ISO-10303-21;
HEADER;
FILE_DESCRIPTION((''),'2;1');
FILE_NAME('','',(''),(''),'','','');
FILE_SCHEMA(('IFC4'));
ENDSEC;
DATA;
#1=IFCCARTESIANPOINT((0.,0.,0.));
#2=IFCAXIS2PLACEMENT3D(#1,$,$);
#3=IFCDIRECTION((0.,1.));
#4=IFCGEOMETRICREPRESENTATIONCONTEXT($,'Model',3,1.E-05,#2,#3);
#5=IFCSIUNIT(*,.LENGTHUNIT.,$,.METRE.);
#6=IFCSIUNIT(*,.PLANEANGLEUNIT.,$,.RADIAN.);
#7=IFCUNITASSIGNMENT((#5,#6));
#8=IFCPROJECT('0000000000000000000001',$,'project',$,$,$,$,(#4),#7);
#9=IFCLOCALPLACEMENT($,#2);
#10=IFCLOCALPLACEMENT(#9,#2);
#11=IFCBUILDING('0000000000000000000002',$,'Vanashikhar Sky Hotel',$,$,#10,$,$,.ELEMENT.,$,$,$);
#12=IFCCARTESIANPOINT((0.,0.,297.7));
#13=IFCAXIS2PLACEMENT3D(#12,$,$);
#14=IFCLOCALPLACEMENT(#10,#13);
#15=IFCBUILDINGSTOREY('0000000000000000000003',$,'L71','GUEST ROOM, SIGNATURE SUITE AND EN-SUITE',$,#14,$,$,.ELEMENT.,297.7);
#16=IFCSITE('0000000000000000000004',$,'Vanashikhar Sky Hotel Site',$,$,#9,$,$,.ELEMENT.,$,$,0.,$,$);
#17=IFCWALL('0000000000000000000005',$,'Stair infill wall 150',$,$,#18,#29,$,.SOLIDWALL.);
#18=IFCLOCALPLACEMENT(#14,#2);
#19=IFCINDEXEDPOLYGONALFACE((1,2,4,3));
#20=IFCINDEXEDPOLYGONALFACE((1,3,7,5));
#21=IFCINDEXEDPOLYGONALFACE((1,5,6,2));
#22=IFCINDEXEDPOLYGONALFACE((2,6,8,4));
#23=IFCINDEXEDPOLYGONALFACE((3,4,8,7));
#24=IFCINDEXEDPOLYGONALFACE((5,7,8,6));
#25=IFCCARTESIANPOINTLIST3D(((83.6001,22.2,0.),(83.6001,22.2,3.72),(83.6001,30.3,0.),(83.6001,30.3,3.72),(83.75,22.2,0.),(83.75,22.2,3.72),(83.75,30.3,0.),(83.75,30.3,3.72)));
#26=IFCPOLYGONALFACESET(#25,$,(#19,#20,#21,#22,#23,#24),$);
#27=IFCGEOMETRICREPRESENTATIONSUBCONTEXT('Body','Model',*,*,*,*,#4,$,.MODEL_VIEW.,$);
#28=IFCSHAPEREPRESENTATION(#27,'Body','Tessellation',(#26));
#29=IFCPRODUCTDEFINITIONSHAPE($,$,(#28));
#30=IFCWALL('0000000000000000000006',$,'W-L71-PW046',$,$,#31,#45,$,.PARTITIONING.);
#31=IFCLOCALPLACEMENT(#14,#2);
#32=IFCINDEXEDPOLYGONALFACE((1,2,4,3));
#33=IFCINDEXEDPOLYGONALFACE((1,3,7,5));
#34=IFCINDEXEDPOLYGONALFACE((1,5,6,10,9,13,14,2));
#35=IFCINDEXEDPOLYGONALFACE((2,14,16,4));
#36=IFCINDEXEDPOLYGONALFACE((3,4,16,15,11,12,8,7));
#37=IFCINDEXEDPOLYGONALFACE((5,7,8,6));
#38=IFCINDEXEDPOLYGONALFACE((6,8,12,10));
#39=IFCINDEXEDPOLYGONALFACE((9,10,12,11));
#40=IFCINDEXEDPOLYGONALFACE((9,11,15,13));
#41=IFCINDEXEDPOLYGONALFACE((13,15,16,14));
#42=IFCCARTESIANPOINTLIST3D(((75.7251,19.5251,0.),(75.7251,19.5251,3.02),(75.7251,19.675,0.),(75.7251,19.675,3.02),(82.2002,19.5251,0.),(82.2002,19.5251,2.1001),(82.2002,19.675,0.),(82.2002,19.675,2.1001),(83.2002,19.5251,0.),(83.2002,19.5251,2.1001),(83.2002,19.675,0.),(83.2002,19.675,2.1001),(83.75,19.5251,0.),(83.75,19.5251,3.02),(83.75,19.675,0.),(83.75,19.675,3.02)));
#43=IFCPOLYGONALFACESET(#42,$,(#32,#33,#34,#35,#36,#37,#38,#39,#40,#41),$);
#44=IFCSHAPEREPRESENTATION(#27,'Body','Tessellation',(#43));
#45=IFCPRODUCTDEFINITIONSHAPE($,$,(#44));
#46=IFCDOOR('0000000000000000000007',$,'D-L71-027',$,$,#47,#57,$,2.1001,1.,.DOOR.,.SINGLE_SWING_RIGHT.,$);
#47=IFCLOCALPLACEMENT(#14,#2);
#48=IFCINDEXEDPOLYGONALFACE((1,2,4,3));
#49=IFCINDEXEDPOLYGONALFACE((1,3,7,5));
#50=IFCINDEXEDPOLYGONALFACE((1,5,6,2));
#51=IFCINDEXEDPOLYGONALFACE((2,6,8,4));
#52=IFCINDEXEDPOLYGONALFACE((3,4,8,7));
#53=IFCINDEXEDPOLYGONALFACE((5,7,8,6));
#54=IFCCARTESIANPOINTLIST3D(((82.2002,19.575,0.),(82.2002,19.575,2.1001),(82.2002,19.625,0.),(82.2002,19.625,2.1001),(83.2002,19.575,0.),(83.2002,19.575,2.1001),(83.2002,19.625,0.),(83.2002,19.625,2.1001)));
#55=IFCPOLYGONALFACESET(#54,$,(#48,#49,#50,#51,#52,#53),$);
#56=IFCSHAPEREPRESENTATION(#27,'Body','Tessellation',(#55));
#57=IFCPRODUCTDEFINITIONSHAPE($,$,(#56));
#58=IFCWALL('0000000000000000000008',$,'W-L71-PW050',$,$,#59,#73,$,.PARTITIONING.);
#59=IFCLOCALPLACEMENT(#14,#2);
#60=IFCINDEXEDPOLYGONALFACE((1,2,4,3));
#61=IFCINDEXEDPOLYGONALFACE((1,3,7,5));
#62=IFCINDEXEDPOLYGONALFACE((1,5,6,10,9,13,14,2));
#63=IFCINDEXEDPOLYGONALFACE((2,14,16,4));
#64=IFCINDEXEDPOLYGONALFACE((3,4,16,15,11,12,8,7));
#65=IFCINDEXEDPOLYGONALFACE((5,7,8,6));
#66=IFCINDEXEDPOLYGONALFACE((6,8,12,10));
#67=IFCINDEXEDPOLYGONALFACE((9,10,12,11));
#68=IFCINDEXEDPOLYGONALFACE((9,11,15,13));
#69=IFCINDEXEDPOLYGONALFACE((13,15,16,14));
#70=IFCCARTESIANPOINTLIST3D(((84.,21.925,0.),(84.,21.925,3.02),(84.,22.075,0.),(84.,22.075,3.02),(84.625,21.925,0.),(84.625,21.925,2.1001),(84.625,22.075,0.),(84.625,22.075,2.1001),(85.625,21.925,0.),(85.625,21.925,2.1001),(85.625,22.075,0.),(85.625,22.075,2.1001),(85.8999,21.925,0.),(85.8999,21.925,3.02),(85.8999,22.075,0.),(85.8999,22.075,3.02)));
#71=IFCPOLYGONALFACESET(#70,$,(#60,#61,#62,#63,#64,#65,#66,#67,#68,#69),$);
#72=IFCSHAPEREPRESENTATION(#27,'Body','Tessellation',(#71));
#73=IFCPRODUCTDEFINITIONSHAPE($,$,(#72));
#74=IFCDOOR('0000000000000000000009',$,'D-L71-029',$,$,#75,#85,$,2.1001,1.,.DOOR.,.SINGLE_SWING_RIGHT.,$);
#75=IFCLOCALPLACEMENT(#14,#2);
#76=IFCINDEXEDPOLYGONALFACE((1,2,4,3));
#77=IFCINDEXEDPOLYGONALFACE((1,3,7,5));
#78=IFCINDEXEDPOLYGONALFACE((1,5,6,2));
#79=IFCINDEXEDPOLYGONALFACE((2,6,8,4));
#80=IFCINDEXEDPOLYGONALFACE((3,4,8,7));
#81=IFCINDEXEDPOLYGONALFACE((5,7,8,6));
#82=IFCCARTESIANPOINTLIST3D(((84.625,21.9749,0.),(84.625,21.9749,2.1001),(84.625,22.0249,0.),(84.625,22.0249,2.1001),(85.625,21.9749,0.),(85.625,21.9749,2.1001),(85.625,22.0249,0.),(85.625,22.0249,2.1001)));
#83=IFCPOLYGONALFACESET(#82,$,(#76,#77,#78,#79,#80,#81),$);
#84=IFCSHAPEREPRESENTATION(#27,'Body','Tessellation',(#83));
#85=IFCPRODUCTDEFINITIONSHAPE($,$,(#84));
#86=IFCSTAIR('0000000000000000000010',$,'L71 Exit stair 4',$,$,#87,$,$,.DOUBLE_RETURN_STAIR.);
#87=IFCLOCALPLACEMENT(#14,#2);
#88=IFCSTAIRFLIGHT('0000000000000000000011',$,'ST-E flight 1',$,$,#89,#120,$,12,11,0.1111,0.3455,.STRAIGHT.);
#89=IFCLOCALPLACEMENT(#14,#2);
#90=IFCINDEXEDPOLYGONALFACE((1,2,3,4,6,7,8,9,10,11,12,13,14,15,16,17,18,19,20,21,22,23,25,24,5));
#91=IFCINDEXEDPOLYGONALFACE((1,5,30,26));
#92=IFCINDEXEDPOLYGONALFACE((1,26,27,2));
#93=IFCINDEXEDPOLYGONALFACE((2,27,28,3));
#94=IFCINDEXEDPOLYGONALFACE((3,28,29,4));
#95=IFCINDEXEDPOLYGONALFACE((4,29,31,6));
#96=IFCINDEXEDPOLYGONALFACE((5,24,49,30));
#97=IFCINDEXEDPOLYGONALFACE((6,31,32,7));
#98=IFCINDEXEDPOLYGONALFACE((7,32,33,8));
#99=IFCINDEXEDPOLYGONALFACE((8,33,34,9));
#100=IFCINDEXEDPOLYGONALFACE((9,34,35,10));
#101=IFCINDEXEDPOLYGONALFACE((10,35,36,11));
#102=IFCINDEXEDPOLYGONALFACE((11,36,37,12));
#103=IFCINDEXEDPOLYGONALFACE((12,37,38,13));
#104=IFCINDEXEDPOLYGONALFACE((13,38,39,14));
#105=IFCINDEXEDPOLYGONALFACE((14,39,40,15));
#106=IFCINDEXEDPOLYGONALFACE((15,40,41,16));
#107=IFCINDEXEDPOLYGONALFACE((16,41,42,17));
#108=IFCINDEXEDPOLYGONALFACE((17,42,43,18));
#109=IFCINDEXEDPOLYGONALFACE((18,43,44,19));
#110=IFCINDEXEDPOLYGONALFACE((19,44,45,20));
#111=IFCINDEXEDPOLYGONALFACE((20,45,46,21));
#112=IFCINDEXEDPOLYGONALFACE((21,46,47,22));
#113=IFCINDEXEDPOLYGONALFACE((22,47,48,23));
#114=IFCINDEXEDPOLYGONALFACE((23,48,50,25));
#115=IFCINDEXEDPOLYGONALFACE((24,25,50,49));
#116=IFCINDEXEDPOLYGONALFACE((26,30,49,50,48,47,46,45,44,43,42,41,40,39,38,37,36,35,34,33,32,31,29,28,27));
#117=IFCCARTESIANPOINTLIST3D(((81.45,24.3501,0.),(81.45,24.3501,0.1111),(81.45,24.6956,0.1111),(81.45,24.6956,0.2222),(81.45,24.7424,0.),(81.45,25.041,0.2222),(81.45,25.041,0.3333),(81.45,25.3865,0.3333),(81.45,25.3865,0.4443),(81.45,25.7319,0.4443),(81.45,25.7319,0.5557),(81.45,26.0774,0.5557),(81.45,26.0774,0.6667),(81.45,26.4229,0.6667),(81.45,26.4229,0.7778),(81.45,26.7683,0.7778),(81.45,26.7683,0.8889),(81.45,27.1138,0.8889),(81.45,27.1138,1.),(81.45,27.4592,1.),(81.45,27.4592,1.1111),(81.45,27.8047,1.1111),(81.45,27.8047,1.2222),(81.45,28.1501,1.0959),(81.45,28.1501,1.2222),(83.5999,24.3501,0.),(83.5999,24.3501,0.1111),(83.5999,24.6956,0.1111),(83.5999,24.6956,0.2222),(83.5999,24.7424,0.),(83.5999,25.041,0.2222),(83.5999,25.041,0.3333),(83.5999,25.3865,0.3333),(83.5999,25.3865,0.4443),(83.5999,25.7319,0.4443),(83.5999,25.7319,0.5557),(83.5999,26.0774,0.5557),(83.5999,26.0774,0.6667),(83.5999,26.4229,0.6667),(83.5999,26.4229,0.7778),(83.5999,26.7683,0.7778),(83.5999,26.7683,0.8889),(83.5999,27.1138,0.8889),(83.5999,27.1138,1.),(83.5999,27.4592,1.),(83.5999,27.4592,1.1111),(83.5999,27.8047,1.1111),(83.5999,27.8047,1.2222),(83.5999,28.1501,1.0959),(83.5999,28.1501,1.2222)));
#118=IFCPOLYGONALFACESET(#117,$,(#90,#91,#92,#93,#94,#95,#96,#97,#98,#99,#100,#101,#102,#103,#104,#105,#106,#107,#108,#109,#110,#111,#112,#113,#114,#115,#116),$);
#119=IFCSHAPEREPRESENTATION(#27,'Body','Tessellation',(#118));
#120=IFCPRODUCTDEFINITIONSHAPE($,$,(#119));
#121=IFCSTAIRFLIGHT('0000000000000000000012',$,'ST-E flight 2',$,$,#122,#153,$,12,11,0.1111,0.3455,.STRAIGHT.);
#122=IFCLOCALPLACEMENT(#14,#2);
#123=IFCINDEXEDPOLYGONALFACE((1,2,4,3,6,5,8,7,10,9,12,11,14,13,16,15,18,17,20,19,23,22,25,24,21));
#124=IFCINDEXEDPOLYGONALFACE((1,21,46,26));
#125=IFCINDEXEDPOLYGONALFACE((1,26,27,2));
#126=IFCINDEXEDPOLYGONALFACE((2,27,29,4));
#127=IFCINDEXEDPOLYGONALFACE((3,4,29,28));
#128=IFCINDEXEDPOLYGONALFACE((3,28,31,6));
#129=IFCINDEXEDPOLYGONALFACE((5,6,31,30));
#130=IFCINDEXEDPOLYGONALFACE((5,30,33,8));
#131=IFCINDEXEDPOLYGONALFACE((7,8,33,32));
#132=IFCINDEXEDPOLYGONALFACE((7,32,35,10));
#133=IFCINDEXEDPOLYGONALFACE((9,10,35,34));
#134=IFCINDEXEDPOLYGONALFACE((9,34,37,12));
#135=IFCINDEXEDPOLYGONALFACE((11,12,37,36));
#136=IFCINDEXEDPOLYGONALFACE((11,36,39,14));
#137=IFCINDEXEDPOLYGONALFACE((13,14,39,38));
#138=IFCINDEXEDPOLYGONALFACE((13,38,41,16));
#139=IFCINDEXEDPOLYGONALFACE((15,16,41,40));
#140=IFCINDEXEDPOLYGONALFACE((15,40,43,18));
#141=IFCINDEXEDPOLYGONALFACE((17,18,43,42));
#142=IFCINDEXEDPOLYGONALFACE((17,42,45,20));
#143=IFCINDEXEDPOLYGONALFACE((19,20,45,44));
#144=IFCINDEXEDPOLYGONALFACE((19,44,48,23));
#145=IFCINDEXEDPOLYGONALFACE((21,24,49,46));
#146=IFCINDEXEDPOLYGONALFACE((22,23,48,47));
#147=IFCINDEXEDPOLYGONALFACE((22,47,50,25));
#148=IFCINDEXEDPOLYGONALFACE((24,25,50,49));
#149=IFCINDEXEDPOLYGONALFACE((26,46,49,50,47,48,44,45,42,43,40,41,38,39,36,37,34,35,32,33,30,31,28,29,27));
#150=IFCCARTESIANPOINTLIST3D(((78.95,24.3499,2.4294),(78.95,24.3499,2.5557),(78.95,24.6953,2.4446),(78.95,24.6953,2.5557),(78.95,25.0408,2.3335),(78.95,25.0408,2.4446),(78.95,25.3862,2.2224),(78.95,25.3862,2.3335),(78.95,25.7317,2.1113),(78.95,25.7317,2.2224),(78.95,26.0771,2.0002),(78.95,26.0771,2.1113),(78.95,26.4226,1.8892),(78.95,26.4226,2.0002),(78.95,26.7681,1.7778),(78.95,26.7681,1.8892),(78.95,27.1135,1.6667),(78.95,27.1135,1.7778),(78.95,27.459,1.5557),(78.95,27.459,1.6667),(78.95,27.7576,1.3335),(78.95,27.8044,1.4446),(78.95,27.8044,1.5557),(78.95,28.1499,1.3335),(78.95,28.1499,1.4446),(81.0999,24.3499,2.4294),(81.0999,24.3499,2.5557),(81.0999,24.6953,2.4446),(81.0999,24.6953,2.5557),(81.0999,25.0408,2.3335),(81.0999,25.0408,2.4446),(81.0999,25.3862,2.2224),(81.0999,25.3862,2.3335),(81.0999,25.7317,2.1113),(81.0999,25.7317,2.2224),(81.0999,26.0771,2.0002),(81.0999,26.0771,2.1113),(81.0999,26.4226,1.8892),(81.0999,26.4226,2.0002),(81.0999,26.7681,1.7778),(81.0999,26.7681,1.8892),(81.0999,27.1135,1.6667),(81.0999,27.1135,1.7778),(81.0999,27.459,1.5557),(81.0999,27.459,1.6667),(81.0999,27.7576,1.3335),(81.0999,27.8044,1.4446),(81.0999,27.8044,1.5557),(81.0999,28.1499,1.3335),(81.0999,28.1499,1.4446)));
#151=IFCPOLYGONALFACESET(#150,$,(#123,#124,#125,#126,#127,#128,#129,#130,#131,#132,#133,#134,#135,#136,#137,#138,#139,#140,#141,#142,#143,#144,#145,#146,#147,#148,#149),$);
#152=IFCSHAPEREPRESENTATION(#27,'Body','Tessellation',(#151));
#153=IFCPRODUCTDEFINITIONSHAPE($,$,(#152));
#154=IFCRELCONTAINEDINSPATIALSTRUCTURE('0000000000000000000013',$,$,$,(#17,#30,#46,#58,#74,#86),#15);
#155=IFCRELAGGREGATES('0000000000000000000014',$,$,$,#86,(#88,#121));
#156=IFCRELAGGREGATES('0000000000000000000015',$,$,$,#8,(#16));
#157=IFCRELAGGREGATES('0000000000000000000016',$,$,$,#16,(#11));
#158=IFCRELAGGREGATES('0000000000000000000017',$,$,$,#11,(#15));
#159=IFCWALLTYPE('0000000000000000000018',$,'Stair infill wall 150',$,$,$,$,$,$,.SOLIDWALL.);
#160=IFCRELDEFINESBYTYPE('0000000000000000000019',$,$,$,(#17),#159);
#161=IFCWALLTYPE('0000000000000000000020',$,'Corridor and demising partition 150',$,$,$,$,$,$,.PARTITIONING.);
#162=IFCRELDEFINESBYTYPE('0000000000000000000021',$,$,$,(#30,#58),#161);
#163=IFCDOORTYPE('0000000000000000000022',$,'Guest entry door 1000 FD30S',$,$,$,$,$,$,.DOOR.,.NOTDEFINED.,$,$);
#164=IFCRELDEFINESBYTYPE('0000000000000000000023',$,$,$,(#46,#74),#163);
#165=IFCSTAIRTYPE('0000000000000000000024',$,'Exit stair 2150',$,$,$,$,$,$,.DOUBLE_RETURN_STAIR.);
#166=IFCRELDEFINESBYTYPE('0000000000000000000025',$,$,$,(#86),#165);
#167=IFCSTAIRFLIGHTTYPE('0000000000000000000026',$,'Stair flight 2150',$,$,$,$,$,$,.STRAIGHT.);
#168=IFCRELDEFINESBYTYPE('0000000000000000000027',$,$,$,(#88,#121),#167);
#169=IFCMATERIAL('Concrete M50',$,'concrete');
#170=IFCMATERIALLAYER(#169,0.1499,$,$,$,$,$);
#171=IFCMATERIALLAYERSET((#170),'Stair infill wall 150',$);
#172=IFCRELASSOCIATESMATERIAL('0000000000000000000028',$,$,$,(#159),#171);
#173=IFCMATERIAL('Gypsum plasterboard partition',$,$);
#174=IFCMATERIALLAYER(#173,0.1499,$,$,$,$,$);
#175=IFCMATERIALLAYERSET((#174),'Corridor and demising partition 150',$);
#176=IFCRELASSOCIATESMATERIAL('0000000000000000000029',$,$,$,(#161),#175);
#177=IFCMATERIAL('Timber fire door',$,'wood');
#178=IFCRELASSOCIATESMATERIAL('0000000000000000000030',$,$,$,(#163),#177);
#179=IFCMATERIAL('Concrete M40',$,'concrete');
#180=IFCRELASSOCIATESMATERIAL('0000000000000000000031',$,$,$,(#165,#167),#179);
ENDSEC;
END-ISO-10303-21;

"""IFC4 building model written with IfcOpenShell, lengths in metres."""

from ifc_helpers import new_model, si_unit, direction, frame, frame_2d, origin, place, context, subcontext, project, spatial, polyline, rectangle, outline, extrude, source, transform, mapped, material, layer, layer_set, type_object, element, fill, aggregate, save


model = new_model("IFC4")

# Units and contexts
model_context = context("Model", 3, precision=1e-05, world=origin(), true_north=direction((0.0, 1.0)))
body_context = subcontext(model_context, "Body", "Model", "MODEL_VIEW")
ifc_project = project(units=[si_unit("LENGTHUNIT", "METRE"), si_unit("PLANEANGLEUNIT", "RADIAN")], contexts=[model_context])

# Site, building, storey
site_placement = place(None, origin())
site = spatial("IfcSite", under=ifc_project, at=site_placement, Name="Vanashikhar Sky Hotel Site", CompositionType="ELEMENT", RefElevation=0.0)
building_placement = place(site_placement, origin())
building = spatial("IfcBuilding", under=site, at=building_placement, Name="Vanashikhar Sky Hotel", CompositionType="ELEMENT")
storey_placement = place(building_placement, frame((0.0, 0.0, 297.7)))
storey = spatial("IfcBuildingStorey", under=building, at=storey_placement, Name="L71", Description="GUEST ROOM, SIGNATURE SUITE AND EN-SUITE", CompositionType="ELEMENT", Elevation=297.7)

# Shared definitions
ifc_material_1 = material(Name="Concrete M50", Category="concrete")

# Wall
ifc_layer_1 = layer(ifc_material_1, 0.1499)
ifc_layer_set_1 = layer_set([ifc_layer_1], Name="Stair infill wall 150")
wall_type_1 = type_object("IfcWallType", Name="Stair infill wall 150", PredefinedType="SOLIDWALL", material=ifc_layer_set_1)
shared_shape_1 = source(origin(), body_context, "Body", "SweptSolid", [
    extrude(rectangle(XDim=8.1001, YDim=0.1499, at=frame_2d((4.05, 0.0))), origin(), (0.0, 0.0, 1.0), 3.72),
])
wall_1_placement = place(storey_placement, frame((83.675, 22.2, 0.0), z_axis=(0.0, 0.0, 1.0), x_axis=(0.0, 1.0, 0.0)))
element("IfcWall", 1, at=wall_1_placement, inside=storey, type_object=wall_type_1, Name="Stair infill wall 150", PredefinedType="SOLIDWALL", context=body_context, shape_type="MappedRepresentation", body=[
    mapped(shared_shape_1, transform((0.0, 0.0, 0.0), scale=1.0)),
])

# Walls, openings, doors
ifc_material_2 = material(Name="Gypsum plasterboard partition")
ifc_layer_2 = layer(ifc_material_2, 0.1499)
ifc_layer_set_2 = layer_set([ifc_layer_2], Name="Corridor and demising partition 150")
wall_type_2 = type_object("IfcWallType", Name="Corridor and demising partition 150", PredefinedType="PARTITIONING", material=ifc_layer_set_2)
shared_shape_2 = source(origin(), body_context, "Body", "SweptSolid", [
    extrude(rectangle(XDim=8.0249, YDim=0.1499, at=frame_2d((4.0125, 0.0))), origin(), (0.0, 0.0, 1.0), 3.02),
])
wall_2_placement = place(storey_placement, frame((75.7251, 19.6001, 0.0), z_axis=(0.0, 0.0, 1.0), x_axis=(1.0, 0.0, 0.0)))
wall_2 = element("IfcWall", 2, at=wall_2_placement, inside=storey, type_object=wall_type_2, Name="W-L71-PW046", PredefinedType="PARTITIONING", context=body_context, shape_type="MappedRepresentation", body=[
    mapped(shared_shape_2, transform((0.0, 0.0, 0.0), scale=1.0)),
])
shared_shape_3 = source(origin(), body_context, "Body", "SweptSolid", [
    extrude(rectangle(XDim=1.0, YDim=2.1001, at=frame_2d((0.5, 1.05))), frame((0.0, 0.085, 0.0), z_axis=(0.0, -1.0, 0.0), x_axis=(1.0, 0.0, 0.0)), (0.0, 0.0, 1.0), 0.1699),
])
opening_1_placement = place(wall_2_placement, frame((6.4751, 0.0, 0.0)))
opening_1 = element("IfcOpeningElement", 3, at=opening_1_placement, cuts=wall_2, PredefinedType="OPENING", context=body_context, shape_type="MappedRepresentation", body=[
    mapped(shared_shape_3, transform((0.0, 0.0, 0.0), scale=1.0)),
])
ifc_material_3 = material(Name="Timber fire door", Category="wood")
door_type_1 = type_object("IfcDoorType", Name="Guest entry door 1000 FD30S", OperationType="NOTDEFINED", PredefinedType="DOOR", material=ifc_material_3)
shared_shape_4 = source(origin(), body_context, "Body", "SweptSolid", [
    extrude(rectangle(XDim=1.0, YDim=2.1001, at=frame_2d((0.5, 1.05))), frame((0.0, 0.0249, 0.0), z_axis=(0.0, -1.0, 0.0), x_axis=(1.0, 0.0, 0.0)), (0.0, 0.0, 1.0), 0.05),
])
door_1_placement = place(opening_1_placement, origin())
door_1 = element("IfcDoor", 4, at=door_1_placement, inside=storey, type_object=door_type_1, Name="D-L71-027", OperationType="SINGLE_SWING_RIGHT", OverallHeight=2.1001, OverallWidth=1.0, PredefinedType="DOOR", context=body_context, shape_type="MappedRepresentation", body=[
    mapped(shared_shape_4, transform((0.0, 0.0, 0.0), scale=1.0)),
])
fill(opening_1, door_1)
shared_shape_5 = source(origin(), body_context, "Body", "SweptSolid", [
    extrude(rectangle(XDim=1.8999, YDim=0.1499, at=frame_2d((0.95, 0.0))), origin(), (0.0, 0.0, 1.0), 3.02),
])
wall_3_placement = place(storey_placement, frame((84.0, 22.0, 0.0), z_axis=(0.0, 0.0, 1.0), x_axis=(1.0, 0.0, 0.0)))
wall_3 = element("IfcWall", 5, at=wall_3_placement, inside=storey, type_object=wall_type_2, Name="W-L71-PW050", PredefinedType="PARTITIONING", context=body_context, shape_type="MappedRepresentation", body=[
    mapped(shared_shape_5, transform((0.0, 0.0, 0.0), scale=1.0)),
])
opening_2_placement = place(wall_3_placement, frame((0.625, 0.0, 0.0)))
opening_2 = element("IfcOpeningElement", 6, at=opening_2_placement, cuts=wall_3, PredefinedType="OPENING", context=body_context, shape_type="MappedRepresentation", body=[
    mapped(shared_shape_3, transform((0.0, 0.0, 0.0), scale=1.0)),
])
door_2_placement = place(opening_2_placement, origin())
door_2 = element("IfcDoor", 7, at=door_2_placement, inside=storey, type_object=door_type_1, Name="D-L71-029", OperationType="SINGLE_SWING_RIGHT", OverallHeight=2.1001, OverallWidth=1.0, PredefinedType="DOOR", context=body_context, shape_type="MappedRepresentation", body=[
    mapped(shared_shape_4, transform((0.0, 0.0, 0.0), scale=1.0)),
])
fill(opening_2, door_2)

# Stair, stair flights
ifc_material_4 = material(Name="Concrete M40", Category="concrete")
stair_type = type_object("IfcStairType", Name="Exit stair 2150", PredefinedType="DOUBLE_RETURN_STAIR", material=ifc_material_4)
stair_placement = place(storey_placement, origin())
stair = element("IfcStair", 8, at=stair_placement, inside=storey, type_object=stair_type, Name="L71 Exit stair 4", PredefinedType="DOUBLE_RETURN_STAIR")
stair_flight_type = type_object("IfcStairFlightType", Name="Stair flight 2150", PredefinedType="STRAIGHT", material=ifc_material_4)
shared_shape_6 = source(origin(), body_context, "Body", "SweptSolid", [
    extrude(outline(polyline([(0.0, 0.0), (0.0, 0.1111), (0.3455, 0.1111), (0.3455, 0.2222), (0.6909, 0.2222), (0.6909, 0.3333), (1.0364, 0.3333), (1.0364, 0.4443), (1.3818, 0.4443), (1.3818, 0.5557), (1.7273, 0.5557), (1.7273, 0.6667), (2.0728, 0.6667), (2.0728, 0.7778), (2.4182, 0.7778), (2.4182, 0.8889), (2.7637, 0.8889), (2.7637, 1.0), (3.1091, 1.0), (3.1091, 1.1111), (3.4546, 1.1111), (3.4546, 1.2222), (3.8, 1.2222), (3.8, 1.3333), (3.8, 1.0959), (0.3923, 0.0), (0.0, 0.0)])), frame((0.0, 1.075, 0.0), z_axis=(0.0, -1.0, 0.0), x_axis=(1.0, 0.0, 0.0)), (0.0, 0.0, 1.0), 2.1499),
])
stair_flight_1_placement = place(storey_placement, frame((82.5249, 24.3501, 0.0), z_axis=(0.0, 0.0, 1.0), x_axis=(0.0, 1.0, 0.0)))
stair_flight_1 = element("IfcStairFlight", 9, at=stair_flight_1_placement, type_object=stair_flight_type, Name="ST-E flight 1", NumberOfRisers=12, NumberOfTreads=11, PredefinedType="STRAIGHT", RiserHeight=0.1111, TreadLength=0.3455, context=body_context, shape_type="MappedRepresentation", body=[
    mapped(shared_shape_6, transform((0.0, 0.0, 0.0), scale=1.0)),
])
stair_flight_2_placement = place(storey_placement, frame((80.0249, 28.1499, 1.3335), z_axis=(0.0, 0.0, 1.0), x_axis=(0.0, -1.0, 0.0)))
stair_flight_2 = element("IfcStairFlight", 10, at=stair_flight_2_placement, type_object=stair_flight_type, Name="ST-E flight 2", NumberOfRisers=12, NumberOfTreads=11, PredefinedType="STRAIGHT", RiserHeight=0.1111, TreadLength=0.3455, context=body_context, shape_type="MappedRepresentation", body=[
    mapped(shared_shape_6, transform((0.0, 0.0, 0.0), scale=1.0)),
])
aggregate(stair, [stair_flight_1, stair_flight_2])

save(model, "model.ifc")
